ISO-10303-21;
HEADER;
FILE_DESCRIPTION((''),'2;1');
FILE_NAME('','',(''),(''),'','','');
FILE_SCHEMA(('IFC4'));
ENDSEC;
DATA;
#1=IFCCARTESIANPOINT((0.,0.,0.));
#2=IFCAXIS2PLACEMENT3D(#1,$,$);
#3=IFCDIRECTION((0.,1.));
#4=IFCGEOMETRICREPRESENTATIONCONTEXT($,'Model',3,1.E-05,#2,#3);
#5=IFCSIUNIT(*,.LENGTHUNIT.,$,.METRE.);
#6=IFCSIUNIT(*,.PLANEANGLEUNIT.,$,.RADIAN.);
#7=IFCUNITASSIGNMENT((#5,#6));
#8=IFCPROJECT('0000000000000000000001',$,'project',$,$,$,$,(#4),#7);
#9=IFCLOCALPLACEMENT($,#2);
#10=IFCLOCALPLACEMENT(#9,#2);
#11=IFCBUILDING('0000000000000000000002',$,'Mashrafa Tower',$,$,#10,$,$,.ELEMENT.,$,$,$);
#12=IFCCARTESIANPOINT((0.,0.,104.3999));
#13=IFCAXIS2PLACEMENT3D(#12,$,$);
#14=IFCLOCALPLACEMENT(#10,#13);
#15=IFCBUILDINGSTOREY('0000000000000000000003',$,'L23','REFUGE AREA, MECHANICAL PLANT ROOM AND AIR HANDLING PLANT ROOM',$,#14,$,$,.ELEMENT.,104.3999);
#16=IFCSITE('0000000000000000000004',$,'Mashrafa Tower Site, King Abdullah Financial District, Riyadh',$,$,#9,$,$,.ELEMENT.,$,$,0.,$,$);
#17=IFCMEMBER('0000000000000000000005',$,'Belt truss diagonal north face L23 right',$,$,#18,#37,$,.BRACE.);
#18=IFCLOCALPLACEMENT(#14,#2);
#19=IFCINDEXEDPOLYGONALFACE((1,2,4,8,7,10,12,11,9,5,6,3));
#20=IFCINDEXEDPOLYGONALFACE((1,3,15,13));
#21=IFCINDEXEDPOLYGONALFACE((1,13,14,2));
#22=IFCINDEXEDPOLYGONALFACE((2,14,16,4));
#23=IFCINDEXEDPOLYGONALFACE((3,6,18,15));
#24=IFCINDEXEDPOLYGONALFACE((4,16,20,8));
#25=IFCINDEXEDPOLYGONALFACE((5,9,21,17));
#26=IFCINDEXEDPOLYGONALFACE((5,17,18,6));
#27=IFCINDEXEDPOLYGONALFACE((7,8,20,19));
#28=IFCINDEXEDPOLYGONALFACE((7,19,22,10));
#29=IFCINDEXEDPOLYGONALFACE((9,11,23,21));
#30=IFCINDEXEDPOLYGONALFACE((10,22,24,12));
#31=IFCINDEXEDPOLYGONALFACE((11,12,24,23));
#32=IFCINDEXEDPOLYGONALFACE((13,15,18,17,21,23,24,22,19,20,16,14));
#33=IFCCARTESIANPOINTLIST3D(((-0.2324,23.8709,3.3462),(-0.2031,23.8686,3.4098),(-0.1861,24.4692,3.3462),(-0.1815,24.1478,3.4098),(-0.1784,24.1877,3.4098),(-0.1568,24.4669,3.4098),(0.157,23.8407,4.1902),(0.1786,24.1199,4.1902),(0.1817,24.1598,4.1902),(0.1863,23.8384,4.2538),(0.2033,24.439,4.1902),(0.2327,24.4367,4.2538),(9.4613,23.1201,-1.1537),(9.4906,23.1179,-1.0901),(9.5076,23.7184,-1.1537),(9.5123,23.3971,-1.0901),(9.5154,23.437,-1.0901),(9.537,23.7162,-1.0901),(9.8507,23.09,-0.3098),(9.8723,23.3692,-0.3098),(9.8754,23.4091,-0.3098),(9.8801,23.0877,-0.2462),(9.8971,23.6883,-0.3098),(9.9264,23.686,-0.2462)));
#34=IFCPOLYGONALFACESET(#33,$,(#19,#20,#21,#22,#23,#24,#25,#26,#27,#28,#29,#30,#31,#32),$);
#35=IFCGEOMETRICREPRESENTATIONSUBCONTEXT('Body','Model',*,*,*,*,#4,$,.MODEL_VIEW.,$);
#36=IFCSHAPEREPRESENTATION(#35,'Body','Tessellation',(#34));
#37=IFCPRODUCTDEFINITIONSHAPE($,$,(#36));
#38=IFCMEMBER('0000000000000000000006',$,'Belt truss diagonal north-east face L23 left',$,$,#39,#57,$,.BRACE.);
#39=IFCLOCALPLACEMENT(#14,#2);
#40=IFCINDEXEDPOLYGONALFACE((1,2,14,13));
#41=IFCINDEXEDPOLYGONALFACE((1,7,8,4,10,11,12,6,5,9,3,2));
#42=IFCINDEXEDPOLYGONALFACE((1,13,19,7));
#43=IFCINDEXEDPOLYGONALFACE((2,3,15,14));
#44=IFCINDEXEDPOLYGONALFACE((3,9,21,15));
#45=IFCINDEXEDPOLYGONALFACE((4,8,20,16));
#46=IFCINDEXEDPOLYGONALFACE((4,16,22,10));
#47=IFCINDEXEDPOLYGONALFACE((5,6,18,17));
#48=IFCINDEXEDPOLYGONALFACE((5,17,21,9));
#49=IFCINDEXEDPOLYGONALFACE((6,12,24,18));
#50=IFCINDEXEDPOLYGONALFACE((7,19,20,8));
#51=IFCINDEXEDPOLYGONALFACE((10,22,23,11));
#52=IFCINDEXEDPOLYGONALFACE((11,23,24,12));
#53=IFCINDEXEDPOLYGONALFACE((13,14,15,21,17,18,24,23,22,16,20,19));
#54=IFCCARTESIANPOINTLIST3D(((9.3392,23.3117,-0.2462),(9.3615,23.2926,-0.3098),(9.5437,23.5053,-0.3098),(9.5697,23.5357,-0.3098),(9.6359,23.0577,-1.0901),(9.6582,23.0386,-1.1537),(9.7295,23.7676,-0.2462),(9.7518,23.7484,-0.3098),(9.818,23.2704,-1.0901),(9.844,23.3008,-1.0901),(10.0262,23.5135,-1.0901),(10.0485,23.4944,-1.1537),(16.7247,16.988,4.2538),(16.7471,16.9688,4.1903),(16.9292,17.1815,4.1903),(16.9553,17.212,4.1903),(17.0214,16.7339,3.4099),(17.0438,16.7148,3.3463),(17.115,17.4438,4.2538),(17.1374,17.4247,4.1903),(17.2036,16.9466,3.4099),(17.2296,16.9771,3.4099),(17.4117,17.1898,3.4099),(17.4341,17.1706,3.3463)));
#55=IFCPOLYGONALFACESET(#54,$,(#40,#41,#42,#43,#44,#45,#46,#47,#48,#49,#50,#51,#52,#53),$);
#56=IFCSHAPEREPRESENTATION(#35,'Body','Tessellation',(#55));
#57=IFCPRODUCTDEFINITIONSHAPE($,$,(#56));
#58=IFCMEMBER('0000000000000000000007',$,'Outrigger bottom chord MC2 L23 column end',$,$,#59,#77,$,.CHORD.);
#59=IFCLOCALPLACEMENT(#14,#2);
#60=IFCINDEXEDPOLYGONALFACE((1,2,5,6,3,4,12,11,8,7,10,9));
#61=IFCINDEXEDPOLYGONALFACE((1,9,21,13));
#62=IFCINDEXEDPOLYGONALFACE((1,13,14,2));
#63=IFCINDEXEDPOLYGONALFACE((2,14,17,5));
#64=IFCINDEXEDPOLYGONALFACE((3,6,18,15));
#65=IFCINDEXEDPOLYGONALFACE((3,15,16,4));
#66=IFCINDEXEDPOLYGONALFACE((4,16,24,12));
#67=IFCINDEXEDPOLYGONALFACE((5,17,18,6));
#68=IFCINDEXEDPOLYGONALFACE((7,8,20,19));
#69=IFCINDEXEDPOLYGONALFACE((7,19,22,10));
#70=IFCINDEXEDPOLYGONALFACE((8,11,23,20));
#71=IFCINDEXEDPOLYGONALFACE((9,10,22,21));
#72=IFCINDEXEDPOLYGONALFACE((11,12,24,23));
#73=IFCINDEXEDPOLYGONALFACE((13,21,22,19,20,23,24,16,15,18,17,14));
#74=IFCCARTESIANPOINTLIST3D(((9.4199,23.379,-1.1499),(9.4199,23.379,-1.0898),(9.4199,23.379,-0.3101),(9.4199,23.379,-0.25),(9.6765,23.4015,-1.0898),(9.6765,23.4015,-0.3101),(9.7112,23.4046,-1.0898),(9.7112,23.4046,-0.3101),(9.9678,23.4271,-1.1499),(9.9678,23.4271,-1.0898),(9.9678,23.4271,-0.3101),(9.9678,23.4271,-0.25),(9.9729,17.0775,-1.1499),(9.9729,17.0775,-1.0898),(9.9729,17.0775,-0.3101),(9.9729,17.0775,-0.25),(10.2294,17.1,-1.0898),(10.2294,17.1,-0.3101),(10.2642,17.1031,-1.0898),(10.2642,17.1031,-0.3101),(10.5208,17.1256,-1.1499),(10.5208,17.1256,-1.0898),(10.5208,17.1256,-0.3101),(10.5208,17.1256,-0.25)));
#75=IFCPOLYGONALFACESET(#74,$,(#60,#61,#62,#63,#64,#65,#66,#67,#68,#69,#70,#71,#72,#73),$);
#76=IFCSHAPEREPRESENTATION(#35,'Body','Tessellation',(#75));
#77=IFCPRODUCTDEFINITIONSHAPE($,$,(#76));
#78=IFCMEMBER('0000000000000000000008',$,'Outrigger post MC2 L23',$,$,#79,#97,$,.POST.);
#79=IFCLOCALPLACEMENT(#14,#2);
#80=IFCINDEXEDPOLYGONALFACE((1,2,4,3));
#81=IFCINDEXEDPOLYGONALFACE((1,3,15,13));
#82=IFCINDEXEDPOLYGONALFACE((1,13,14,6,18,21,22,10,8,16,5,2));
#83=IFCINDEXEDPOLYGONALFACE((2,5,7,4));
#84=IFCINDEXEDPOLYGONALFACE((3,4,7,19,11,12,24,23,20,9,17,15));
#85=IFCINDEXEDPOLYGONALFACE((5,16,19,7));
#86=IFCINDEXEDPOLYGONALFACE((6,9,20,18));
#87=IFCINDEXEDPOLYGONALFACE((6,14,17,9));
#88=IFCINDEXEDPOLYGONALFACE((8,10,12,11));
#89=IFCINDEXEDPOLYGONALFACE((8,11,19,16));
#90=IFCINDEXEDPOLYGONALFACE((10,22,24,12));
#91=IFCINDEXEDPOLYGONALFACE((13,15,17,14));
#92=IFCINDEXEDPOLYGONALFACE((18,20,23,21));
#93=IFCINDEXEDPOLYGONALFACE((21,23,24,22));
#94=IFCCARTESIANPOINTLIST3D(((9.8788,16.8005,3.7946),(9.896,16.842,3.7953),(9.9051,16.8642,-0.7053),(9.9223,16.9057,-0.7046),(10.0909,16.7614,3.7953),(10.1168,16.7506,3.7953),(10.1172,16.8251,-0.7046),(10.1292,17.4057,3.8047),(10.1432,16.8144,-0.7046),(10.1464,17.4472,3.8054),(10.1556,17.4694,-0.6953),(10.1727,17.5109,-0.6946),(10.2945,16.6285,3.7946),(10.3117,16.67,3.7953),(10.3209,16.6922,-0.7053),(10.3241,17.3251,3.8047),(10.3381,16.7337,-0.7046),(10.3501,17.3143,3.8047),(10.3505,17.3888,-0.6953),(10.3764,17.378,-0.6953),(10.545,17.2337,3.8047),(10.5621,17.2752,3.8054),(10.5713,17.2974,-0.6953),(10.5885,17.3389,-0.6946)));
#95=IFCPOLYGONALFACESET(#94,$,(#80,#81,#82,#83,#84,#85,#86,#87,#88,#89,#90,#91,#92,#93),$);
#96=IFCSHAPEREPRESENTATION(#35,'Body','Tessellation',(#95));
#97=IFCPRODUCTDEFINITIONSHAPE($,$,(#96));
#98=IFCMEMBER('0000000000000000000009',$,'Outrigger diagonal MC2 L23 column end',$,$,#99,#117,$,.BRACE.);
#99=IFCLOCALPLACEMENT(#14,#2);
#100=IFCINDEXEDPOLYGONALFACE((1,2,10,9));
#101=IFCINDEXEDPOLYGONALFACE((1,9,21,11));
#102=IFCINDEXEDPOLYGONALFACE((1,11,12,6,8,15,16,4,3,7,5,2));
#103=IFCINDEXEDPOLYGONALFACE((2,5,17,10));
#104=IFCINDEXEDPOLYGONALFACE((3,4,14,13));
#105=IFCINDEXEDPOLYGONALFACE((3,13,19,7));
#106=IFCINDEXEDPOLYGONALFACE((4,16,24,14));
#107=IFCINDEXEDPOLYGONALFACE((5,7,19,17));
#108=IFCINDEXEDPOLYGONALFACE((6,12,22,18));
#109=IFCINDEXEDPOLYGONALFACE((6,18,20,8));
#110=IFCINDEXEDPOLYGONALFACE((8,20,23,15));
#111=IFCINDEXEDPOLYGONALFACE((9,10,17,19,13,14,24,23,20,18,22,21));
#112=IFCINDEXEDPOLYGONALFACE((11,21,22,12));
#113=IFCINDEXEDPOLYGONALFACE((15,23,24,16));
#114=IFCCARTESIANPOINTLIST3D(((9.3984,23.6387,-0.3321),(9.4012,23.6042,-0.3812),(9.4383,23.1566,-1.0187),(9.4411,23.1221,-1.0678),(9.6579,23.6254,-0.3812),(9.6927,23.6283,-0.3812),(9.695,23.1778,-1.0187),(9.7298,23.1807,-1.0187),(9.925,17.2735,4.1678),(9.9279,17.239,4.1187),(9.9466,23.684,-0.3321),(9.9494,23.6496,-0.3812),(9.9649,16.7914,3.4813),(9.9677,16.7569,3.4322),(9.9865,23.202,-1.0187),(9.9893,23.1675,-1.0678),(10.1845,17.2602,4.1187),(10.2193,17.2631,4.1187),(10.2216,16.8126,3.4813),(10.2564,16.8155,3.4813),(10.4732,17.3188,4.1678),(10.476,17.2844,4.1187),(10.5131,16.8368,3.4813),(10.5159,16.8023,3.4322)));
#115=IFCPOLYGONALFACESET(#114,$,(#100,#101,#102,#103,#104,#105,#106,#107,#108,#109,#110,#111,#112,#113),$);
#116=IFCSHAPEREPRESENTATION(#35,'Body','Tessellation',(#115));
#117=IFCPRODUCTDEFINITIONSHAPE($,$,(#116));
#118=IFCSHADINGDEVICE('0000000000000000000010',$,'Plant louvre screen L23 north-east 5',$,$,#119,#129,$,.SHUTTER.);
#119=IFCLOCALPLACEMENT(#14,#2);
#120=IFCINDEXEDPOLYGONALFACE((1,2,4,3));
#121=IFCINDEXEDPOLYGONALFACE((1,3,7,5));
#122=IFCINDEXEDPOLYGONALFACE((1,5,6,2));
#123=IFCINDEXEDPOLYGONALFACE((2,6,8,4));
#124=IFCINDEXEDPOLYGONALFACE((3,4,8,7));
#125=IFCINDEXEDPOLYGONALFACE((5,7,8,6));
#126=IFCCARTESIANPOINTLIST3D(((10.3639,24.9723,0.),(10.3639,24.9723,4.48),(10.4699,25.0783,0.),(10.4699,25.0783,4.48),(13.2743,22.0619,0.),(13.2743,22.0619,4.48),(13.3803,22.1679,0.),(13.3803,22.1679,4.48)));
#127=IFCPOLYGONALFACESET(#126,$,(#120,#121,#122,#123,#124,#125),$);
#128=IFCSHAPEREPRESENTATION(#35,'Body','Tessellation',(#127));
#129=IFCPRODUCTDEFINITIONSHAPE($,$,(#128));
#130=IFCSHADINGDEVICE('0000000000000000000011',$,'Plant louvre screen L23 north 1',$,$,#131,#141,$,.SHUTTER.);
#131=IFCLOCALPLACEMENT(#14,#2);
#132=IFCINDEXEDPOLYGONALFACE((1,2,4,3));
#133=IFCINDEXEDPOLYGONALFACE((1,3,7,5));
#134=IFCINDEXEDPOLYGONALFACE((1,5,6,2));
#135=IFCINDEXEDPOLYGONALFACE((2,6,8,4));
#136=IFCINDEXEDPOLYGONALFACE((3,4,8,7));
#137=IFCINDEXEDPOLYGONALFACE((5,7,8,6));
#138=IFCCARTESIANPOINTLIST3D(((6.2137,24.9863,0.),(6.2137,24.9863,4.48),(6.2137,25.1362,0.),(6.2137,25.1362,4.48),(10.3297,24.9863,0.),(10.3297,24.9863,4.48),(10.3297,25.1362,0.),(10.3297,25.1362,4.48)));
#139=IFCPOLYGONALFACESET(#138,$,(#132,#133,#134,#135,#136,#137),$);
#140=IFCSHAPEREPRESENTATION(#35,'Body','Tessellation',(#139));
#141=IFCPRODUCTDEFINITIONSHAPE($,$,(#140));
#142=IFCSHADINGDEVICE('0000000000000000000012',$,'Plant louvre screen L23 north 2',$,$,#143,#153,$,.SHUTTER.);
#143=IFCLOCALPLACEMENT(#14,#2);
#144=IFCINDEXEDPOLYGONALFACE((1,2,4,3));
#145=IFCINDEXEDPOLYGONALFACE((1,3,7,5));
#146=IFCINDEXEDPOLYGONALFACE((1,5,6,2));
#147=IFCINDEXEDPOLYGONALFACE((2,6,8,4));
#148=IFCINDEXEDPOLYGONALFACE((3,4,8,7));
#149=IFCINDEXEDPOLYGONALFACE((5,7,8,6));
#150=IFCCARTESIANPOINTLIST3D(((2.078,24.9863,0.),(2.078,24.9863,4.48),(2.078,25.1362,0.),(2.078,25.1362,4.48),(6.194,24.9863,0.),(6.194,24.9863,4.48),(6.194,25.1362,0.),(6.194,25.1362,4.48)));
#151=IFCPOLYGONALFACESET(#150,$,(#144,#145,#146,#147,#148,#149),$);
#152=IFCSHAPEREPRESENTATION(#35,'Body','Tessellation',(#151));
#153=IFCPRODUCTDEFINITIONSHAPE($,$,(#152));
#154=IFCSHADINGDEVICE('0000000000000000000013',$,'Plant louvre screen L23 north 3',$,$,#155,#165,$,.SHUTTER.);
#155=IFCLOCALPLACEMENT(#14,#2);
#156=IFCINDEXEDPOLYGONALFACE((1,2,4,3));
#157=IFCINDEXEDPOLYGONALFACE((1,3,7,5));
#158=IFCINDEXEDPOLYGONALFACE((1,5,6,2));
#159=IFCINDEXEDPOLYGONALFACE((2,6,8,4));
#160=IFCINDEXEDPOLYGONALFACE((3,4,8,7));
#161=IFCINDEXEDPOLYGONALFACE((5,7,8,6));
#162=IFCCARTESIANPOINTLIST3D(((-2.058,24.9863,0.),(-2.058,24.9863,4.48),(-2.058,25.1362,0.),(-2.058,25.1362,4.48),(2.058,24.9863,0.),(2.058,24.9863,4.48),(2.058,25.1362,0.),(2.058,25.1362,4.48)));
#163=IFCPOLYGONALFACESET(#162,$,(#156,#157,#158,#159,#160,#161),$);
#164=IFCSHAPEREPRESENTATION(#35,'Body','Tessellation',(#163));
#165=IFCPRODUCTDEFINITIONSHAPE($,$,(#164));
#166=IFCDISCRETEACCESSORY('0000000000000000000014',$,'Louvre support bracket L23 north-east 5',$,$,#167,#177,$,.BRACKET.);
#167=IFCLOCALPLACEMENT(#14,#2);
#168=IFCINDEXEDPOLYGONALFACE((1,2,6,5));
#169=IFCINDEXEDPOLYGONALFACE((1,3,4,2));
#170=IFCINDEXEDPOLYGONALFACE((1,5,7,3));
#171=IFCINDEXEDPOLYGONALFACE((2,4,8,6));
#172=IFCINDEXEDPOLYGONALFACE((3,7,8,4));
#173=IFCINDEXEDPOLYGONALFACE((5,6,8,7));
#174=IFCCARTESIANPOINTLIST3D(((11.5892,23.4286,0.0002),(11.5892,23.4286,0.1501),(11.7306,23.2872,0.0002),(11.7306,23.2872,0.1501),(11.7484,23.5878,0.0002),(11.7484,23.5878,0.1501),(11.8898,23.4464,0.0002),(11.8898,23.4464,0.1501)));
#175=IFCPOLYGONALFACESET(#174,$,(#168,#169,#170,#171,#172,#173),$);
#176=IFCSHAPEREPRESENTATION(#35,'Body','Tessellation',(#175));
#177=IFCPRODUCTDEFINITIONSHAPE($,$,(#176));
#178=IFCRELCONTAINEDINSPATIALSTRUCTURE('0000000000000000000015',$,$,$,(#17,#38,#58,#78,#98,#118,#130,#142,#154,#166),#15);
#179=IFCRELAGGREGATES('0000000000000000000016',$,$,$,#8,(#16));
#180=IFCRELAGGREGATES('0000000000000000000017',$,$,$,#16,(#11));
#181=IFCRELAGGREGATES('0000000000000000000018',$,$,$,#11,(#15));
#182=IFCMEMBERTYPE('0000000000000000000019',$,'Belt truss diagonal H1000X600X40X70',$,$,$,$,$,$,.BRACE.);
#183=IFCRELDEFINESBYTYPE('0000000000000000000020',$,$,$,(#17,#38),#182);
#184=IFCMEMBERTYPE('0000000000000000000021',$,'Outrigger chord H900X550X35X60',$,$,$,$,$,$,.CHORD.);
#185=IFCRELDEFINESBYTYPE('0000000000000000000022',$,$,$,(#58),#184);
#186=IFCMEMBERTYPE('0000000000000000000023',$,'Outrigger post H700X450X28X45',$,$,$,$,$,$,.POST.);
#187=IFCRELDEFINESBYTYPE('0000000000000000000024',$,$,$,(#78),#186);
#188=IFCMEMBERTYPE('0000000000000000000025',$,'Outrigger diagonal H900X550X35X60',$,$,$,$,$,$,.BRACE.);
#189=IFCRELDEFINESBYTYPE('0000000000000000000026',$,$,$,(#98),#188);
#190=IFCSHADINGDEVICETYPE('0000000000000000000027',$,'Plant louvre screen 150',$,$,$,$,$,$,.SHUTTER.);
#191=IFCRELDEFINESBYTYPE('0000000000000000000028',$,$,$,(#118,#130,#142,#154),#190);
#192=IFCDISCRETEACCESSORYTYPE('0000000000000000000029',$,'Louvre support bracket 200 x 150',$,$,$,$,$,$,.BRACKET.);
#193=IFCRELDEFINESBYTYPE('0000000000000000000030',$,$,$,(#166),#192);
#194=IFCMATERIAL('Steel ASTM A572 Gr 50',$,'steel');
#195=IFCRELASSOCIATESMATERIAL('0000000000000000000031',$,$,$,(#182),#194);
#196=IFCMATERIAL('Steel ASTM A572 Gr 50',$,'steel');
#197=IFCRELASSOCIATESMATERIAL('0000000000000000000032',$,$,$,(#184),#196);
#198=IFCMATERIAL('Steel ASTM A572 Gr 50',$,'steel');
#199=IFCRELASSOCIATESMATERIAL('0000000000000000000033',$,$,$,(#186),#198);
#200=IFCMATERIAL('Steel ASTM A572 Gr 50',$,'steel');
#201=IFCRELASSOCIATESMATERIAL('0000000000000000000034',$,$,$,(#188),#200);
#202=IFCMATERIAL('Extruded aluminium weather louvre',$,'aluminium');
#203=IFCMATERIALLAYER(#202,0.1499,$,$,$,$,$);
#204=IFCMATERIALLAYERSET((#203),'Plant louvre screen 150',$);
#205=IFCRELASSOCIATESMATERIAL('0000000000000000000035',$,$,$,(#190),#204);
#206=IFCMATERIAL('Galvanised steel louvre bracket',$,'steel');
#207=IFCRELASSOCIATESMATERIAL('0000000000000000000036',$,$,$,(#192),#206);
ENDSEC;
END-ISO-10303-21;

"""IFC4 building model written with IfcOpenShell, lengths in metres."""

from ifc_helpers import new_model, si_unit, direction, frame, origin, origin_2d, place, context, subcontext, project, spatial, rectangle, i_section, extrude, source, transform, mapped, material, layer, layer_set, material_profile, profile_set, type_object, type_shapes, element, save


model = new_model("IFC4")

# Units and contexts
model_context = context("Model", 3, precision=1e-05, world=origin(), true_north=direction((0.0, 1.0)))
body_context = subcontext(model_context, "Body", "Model", "MODEL_VIEW")
ifc_project = project(units=[si_unit("LENGTHUNIT", "METRE"), si_unit("PLANEANGLEUNIT", "RADIAN")], contexts=[model_context])

# Site, building, storey
site_placement = place(None, origin())
site = spatial("IfcSite", under=ifc_project, at=site_placement, Name="Mashrafa Tower Site, King Abdullah Financial District, Riyadh", CompositionType="ELEMENT", RefElevation=0.0)
building_placement = place(site_placement, origin())
building = spatial("IfcBuilding", under=site, at=building_placement, Name="Mashrafa Tower", CompositionType="ELEMENT")
storey_placement = place(building_placement, frame((0.0, 0.0, 104.3999)))
storey = spatial("IfcBuildingStorey", under=building, at=storey_placement, Name="L23", Description="REFUGE AREA, MECHANICAL PLANT ROOM AND AIR HANDLING PLANT ROOM", CompositionType="ELEMENT", Elevation=104.3999)

# Members
ifc_material_1 = material(Name="Steel ASTM A572 Gr 50", Category="steel")
ifc_material_profile_1 = material_profile(ifc_material_1, i_section(OverallWidth=0.6001, OverallDepth=1.0, WebThickness=0.04, FlangeThickness=0.0701, at=origin_2d()), Name="H1000X600X40X70")
ifc_profile_set_1 = profile_set([ifc_material_profile_1], Name="Steel ASTM A572 Gr 50")
member_type_1 = type_object("IfcMemberType", Name="Belt truss diagonal H1000X600X40X70", PredefinedType="BRACE", material=ifc_profile_set_1)
shared_shape_1 = source(origin(), body_context, "Body", "SweptSolid", [
    extrude(i_section(OverallWidth=0.6001, OverallDepth=1.0, WebThickness=0.04, FlangeThickness=0.0701, at=origin_2d()), origin(), (0.0, 0.0, 1.0), 10.7136),
])
member_1_placement = place(storey_placement, frame((9.6938, 23.4031, -0.7), z_axis=(-0.904805, 0.070072, 0.420021), x_axis=(-0.077213, -0.997015, 0.0)))
element("IfcMember", 1, at=member_1_placement, inside=storey, type_object=member_type_1, Name="Belt truss diagonal north face L23 right", PredefinedType="BRACE", context=body_context, shape_type="MappedRepresentation", body=[
    mapped(shared_shape_1, transform((0.0, 0.0, 0.0))),
])
shared_shape_2 = source(origin(), body_context, "Body", "SweptSolid", [
    extrude(i_section(OverallWidth=0.6001, OverallDepth=1.0, WebThickness=0.04, FlangeThickness=0.0701, at=origin_2d()), origin(), (0.0, 0.0, 1.0), 10.7139),
])
type_shapes(member_type_1, [shared_shape_1, shared_shape_2])
member_2_placement = place(storey_placement, frame((9.6938, 23.4031, -0.7), z_axis=(0.689345, -0.590243, 0.42002), x_axis=(0.650394, 0.759597, 0.0)))
element("IfcMember", 2, at=member_2_placement, inside=storey, type_object=member_type_1, Name="Belt truss diagonal north-east face L23 left", PredefinedType="BRACE", context=body_context, shape_type="MappedRepresentation", body=[
    mapped(shared_shape_2, transform((0.0, 0.0, 0.0))),
])
ifc_material_2 = material(Name="Steel ASTM A572 Gr 50", Category="steel")
ifc_material_profile_2 = material_profile(ifc_material_2, i_section(OverallWidth=0.55, OverallDepth=0.8999, WebThickness=0.0349, FlangeThickness=0.0601, at=origin_2d()), Name="H900X550X35X60")
ifc_profile_set_2 = profile_set([ifc_material_profile_2], Name="Steel ASTM A572 Gr 50")
member_type_2 = type_object("IfcMemberType", Name="Outrigger chord H900X550X35X60", PredefinedType="CHORD", material=ifc_profile_set_2)
shared_shape_3 = source(origin(), body_context, "Body", "SweptSolid", [
    extrude(i_section(OverallWidth=0.55, OverallDepth=0.8999, WebThickness=0.0349, FlangeThickness=0.0601, at=origin_2d()), origin(), (0.0, 0.0, 1.0), 6.3257),
])
type_shapes(member_type_2, [shared_shape_3])
member_3_placement = place(storey_placement, frame((10.2468, 17.1016, -0.7), z_axis=(-0.087417, 0.996172, 0.0), x_axis=(-0.996172, -0.087417, 0.0)))
element("IfcMember", 3, at=member_3_placement, inside=storey, type_object=member_type_2, Name="Outrigger bottom chord MC2 L23 column end", PredefinedType="CHORD", context=body_context, shape_type="MappedRepresentation", body=[
    mapped(shared_shape_3, transform((0.0, 0.0, 0.0))),
])
ifc_material_3 = material(Name="Steel ASTM A572 Gr 50", Category="steel")
ifc_material_profile_3 = material_profile(ifc_material_3, i_section(OverallWidth=0.45, OverallDepth=0.7, WebThickness=0.0281, FlangeThickness=0.0449, at=origin_2d()), Name="H700X450X28X45")
ifc_profile_set_3 = profile_set([ifc_material_profile_3], Name="Steel ASTM A572 Gr 50")
member_type_3 = type_object("IfcMemberType", Name="Outrigger post H700X450X28X45", PredefinedType="POST", material=ifc_profile_set_3)
shared_shape_4 = source(origin(), body_context, "Body", "SweptSolid", [
    extrude(i_section(OverallWidth=0.45, OverallDepth=0.7, WebThickness=0.0281, FlangeThickness=0.0449, at=origin_2d()), origin(), (0.0, 0.0, 1.0), 4.5005),
])
type_shapes(member_type_3, [shared_shape_4])
member_4_placement = place(storey_placement, frame((10.2468, 17.1016, -0.7), z_axis=(-0.005859, -0.014158, 0.999883), x_axis=(0.924017, -0.382352, 0.0)))
element("IfcMember", 4, at=member_4_placement, inside=storey, type_object=member_type_3, Name="Outrigger post MC2 L23", PredefinedType="POST", context=body_context, shape_type="MappedRepresentation", body=[
    mapped(shared_shape_4, transform((0.0, 0.0, 0.0))),
])
ifc_material_4 = material(Name="Steel ASTM A572 Gr 50", Category="steel")
ifc_material_profile_4 = material_profile(ifc_material_4, i_section(OverallWidth=0.55, OverallDepth=0.8999, WebThickness=0.0349, FlangeThickness=0.0601, at=origin_2d()), Name="H900X550X35X60")
ifc_profile_set_4 = profile_set([ifc_material_profile_4], Name="Steel ASTM A572 Gr 50")
member_type_4 = type_object("IfcMemberType", Name="Outrigger diagonal H900X550X35X60", PredefinedType="BRACE", material=ifc_profile_set_4)
shared_shape_5 = source(origin(), body_context, "Body", "SweptSolid", [
    extrude(i_section(OverallWidth=0.55, OverallDepth=0.8999, WebThickness=0.0349, FlangeThickness=0.0601, at=origin_2d()), origin(), (0.0, 0.0, 1.0), 7.813),
])
type_shapes(member_type_4, [shared_shape_5])
member_5_placement = place(storey_placement, frame((9.6938, 23.4031, -0.7), z_axis=(0.067402, -0.814694, 0.575961), x_axis=(0.996595, 0.082451, 0.0)))
element("IfcMember", 5, at=member_5_placement, inside=storey, type_object=member_type_4, Name="Outrigger diagonal MC2 L23 column end", PredefinedType="BRACE", context=body_context, shape_type="MappedRepresentation", body=[
    mapped(shared_shape_5, transform((0.0, 0.0, 0.0))),
])

# Shading devices
ifc_material_5 = material(Name="Extruded aluminium weather louvre", Category="aluminium")
ifc_layer = layer(ifc_material_5, 0.1499)
ifc_layer_set = layer_set([ifc_layer], Name="Plant louvre screen 150")
shading_device_type = type_object("IfcShadingDeviceType", Name="Plant louvre screen 150", PredefinedType="SHUTTER", material=ifc_layer_set)
shared_shape_6 = source(origin(), body_context, "Body", "SweptSolid", [
    extrude(rectangle(XDim=4.116, YDim=0.1499, at=origin_2d()), origin(), (0.0, 0.0, 1.0), 4.48),
])
type_shapes(shading_device_type, [shared_shape_6])
for number, where, z_axis, x_axis, name in (
    (6, (11.8721, 23.5701, 0.0), (0.0, 0.0, 1.0), (-0.707107, 0.707107, 0.0), "Plant louvre screen L23 north-east 5"),
    (7, (8.2717, 25.0613, 0.0), (0.0, 0.0, 1.0), (-1.0, 0.0, 0.0), "Plant louvre screen L23 north 1"),
    (8, (4.136, 25.0613, 0.0), (0.0, 0.0, 1.0), (-1.0, 0.0, 0.0), "Plant louvre screen L23 north 2"),
    (9, (0.0, 25.0613, 0.0), (0.0, 0.0, 1.0), (-1.0, 0.0, 0.0), "Plant louvre screen L23 north 3"),
):
    element("IfcShadingDevice", number, at=place(storey_placement, frame(where, z_axis=z_axis, x_axis=x_axis)), inside=storey, type_object=shading_device_type, Name=name, PredefinedType="SHUTTER", context=body_context, shape_type="MappedRepresentation", body=[
        mapped(shared_shape_6, transform((0.0, 0.0, 0.0))),
    ])

# Discrete accessory
ifc_material_6 = material(Name="Galvanised steel louvre bracket", Category="steel")
discrete_accessory_type = type_object("IfcDiscreteAccessoryType", Name="Louvre support bracket 200 x 150", PredefinedType="BRACKET", material=ifc_material_6)
shared_shape_7 = source(origin(), body_context, "Body", "SweptSolid", [
    extrude(rectangle(XDim=0.2, YDim=0.2251, at=origin_2d()), origin(), (0.0, 0.0, 1.0), 0.1499),
])
type_shapes(discrete_accessory_type, [shared_shape_7])
for number, where, z_axis, x_axis, name in (
    (10, (11.7395, 23.4375, 0.0002), (0.0, 0.0, 1.0), (-0.707107, 0.707107, 0.0), "Louvre support bracket L23 north-east 5"),
):
    element("IfcDiscreteAccessory", number, at=place(storey_placement, frame(where, z_axis=z_axis, x_axis=x_axis)), inside=storey, type_object=discrete_accessory_type, Name=name, PredefinedType="BRACKET", context=body_context, shape_type="MappedRepresentation", body=[
        mapped(shared_shape_7, transform((0.0, 0.0, 0.0))),
    ])

save(model, "model.ifc")
